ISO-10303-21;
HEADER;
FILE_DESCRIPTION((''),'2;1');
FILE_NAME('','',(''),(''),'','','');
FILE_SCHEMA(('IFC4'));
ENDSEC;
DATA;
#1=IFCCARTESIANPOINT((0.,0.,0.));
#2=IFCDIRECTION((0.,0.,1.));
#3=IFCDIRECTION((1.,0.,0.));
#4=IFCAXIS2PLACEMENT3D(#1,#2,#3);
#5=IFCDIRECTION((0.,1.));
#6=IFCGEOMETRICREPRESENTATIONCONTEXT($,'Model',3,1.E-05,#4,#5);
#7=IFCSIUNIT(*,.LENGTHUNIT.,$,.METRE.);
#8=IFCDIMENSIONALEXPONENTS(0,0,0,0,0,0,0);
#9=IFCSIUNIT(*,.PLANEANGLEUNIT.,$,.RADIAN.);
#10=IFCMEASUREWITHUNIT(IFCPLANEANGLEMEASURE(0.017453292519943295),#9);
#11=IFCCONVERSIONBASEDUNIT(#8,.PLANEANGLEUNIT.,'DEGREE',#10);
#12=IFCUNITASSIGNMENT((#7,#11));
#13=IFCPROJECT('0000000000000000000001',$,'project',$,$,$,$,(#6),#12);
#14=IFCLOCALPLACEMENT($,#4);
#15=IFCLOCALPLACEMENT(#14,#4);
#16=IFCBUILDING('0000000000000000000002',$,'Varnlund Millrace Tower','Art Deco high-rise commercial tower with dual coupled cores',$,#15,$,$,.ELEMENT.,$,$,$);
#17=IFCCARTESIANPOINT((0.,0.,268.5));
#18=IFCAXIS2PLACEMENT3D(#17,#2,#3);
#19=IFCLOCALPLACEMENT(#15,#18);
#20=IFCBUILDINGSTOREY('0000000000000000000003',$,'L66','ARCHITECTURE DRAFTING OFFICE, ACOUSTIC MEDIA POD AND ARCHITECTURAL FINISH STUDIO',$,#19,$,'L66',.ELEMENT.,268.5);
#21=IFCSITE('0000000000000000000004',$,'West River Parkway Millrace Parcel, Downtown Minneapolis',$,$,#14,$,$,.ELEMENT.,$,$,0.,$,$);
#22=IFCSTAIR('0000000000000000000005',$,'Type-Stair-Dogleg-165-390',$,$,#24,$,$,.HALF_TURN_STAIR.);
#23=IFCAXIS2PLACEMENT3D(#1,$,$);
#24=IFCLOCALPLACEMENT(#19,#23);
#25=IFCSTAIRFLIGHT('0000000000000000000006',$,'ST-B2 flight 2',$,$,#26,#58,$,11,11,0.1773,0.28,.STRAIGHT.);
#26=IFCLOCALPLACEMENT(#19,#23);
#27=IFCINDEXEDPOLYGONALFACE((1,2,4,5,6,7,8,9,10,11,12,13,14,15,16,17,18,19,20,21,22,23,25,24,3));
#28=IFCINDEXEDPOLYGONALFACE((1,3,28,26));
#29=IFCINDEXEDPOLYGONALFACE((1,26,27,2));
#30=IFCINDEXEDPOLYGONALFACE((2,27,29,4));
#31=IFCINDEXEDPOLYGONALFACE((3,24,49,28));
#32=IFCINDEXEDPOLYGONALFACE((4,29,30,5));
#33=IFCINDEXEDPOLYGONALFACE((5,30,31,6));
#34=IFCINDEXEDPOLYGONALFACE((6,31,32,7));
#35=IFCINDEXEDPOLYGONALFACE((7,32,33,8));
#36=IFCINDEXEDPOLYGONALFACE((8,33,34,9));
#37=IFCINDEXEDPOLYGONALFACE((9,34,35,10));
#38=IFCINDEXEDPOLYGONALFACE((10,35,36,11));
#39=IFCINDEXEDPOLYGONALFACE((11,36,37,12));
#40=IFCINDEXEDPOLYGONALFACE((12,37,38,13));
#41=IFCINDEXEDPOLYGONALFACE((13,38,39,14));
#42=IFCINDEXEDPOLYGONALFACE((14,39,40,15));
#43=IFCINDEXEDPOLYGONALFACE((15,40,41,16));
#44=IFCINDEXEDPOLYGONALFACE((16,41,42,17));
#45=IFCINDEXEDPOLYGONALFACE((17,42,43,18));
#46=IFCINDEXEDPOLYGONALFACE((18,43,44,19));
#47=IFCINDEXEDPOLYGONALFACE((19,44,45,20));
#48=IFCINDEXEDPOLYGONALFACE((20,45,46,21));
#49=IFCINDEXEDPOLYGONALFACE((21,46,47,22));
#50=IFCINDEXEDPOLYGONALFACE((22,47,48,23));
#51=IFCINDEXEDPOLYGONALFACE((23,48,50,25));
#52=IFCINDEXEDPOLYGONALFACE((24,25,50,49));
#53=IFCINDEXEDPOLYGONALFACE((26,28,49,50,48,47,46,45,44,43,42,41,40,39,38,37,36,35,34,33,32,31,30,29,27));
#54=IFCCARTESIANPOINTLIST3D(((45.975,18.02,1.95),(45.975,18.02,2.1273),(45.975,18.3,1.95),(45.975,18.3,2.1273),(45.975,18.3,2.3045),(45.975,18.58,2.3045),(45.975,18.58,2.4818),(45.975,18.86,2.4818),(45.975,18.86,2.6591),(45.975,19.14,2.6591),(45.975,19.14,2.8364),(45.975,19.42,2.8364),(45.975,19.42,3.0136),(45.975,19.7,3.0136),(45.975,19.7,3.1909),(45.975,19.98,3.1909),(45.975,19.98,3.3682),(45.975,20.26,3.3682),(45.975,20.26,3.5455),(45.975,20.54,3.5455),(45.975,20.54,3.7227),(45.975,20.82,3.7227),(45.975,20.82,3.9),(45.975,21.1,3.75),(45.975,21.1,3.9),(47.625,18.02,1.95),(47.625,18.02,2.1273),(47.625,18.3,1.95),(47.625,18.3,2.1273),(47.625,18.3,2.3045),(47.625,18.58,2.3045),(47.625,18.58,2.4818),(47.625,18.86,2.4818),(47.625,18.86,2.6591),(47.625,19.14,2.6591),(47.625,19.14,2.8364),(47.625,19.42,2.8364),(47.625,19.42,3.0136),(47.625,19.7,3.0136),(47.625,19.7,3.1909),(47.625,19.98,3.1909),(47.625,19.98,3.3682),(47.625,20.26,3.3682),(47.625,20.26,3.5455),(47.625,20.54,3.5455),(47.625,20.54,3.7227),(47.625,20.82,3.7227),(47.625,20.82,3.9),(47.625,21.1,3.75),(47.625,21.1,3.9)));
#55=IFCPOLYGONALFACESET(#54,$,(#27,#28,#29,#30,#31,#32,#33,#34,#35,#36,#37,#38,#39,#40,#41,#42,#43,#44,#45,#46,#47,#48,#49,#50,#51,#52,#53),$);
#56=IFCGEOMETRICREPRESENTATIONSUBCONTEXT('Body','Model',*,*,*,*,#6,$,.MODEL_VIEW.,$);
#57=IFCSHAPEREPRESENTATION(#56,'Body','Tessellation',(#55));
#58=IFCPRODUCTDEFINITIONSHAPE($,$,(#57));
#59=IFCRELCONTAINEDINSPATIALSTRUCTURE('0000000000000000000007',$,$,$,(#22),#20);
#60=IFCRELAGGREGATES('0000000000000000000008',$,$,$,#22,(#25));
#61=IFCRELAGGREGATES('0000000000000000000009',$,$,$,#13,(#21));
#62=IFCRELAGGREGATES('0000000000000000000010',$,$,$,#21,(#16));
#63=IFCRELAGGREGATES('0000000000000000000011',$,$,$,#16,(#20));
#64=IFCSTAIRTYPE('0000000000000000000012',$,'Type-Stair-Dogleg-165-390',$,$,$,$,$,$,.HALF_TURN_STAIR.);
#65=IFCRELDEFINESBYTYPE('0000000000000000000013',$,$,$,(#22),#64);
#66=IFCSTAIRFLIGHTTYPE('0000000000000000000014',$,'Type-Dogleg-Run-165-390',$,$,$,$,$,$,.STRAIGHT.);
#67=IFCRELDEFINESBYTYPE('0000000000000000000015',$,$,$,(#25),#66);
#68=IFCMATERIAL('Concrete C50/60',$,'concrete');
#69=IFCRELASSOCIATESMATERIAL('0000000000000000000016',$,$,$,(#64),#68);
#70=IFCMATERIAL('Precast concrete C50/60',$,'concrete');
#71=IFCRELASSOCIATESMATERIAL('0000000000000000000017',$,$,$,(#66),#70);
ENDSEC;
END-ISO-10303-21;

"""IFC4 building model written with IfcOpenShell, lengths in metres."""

from ifc_helpers import new_model, entity, si_unit, converted_unit, direction, frame, origin_with_axes, place, context, subcontext, project, spatial, polyline, outline, extrude, material, type_object, element, aggregate, save


model = new_model("IFC4")

# Units and contexts
model_context = context("Model", 3, precision=1e-05, world=origin_with_axes(), true_north=direction((0.0, 1.0)))
body_context = subcontext(model_context, "Body", "Model", "MODEL_VIEW")
ifc_project = project(units=[si_unit("LENGTHUNIT", "METRE"), converted_unit("PLANEANGLEUNIT", "DEGREE", entity("IfcPlaneAngleMeasure", 0.017453292519943295), si_unit("PLANEANGLEUNIT", "RADIAN"), dimensions=[0, 0, 0, 0, 0, 0, 0])], contexts=[model_context])

# Site, building, storey
site_placement = place(None, origin_with_axes())
site = spatial("IfcSite", under=ifc_project, at=site_placement, Name="West River Parkway Millrace Parcel, Downtown Minneapolis", CompositionType="ELEMENT", RefElevation=0.0)
building_placement = place(site_placement, origin_with_axes())
building = spatial("IfcBuilding", under=site, at=building_placement, Name="Varnlund Millrace Tower", Description="Art Deco high-rise commercial tower with dual coupled cores", CompositionType="ELEMENT")
storey_placement = place(building_placement, frame((0.0, 0.0, 268.5), z_axis=(0.0, 0.0, 1.0), x_axis=(1.0, 0.0, 0.0)))
storey = spatial("IfcBuildingStorey", under=building, at=storey_placement, Name="L66", Description="ARCHITECTURE DRAFTING OFFICE, ACOUSTIC MEDIA POD AND ARCHITECTURAL FINISH STUDIO", LongName="L66", CompositionType="ELEMENT", Elevation=268.5)

# Shared definitions
ifc_material_1 = material(Name="Precast concrete C50/60", Category="concrete")

# Stair, stair flight
ifc_material_2 = material(Name="Concrete C50/60", Category="concrete")
stair_type = type_object("IfcStairType", Name="Type-Stair-Dogleg-165-390", PredefinedType="HALF_TURN_STAIR", material=ifc_material_2)
stair_placement = place(storey_placement, origin_with_axes())
stair = element("IfcStair", 1, at=stair_placement, inside=storey, type_object=stair_type, Name="Type-Stair-Dogleg-165-390", PredefinedType="HALF_TURN_STAIR")
stair_flight_type = type_object("IfcStairFlightType", Name="Type-Dogleg-Run-165-390", PredefinedType="STRAIGHT", material=ifc_material_1)
stair_flight_placement = place(storey_placement, frame((45.975, 18.02, 1.95), z_axis=(1.0, 0.0, 0.0), x_axis=(0.0, 1.0, 0.0)))
stair_flight = element("IfcStairFlight", 2, at=stair_flight_placement, type_object=stair_flight_type, Name="ST-B2 flight 2", NumberOfRisers=11, NumberOfTreads=11, PredefinedType="STRAIGHT", RiserHeight=0.1773, TreadLength=0.28, context=body_context, shape_type="SweptSolid", body=[
    extrude(outline(polyline([(0.0, 0.0), (0.0, 0.1773), (0.28, 0.1773), (0.28, 0.3545), (0.56, 0.3545), (0.56, 0.5318), (0.84, 0.5318), (0.84, 0.7091), (1.12, 0.7091), (1.12, 0.8864), (1.4, 0.8864), (1.4, 1.0636), (1.68, 1.0636), (1.68, 1.2409), (1.96, 1.2409), (1.96, 1.4182), (2.24, 1.4182), (2.24, 1.5955), (2.52, 1.5955), (2.52, 1.7727), (2.8, 1.7727), (2.8, 1.95), (3.08, 1.95), (3.08, 1.8), (0.28, 0.0), (0.0, 0.0)])), origin_with_axes(), (0.0, 0.0, 1.0), 1.65),
])
aggregate(stair, [stair_flight])

save(model, "model.ifc")
